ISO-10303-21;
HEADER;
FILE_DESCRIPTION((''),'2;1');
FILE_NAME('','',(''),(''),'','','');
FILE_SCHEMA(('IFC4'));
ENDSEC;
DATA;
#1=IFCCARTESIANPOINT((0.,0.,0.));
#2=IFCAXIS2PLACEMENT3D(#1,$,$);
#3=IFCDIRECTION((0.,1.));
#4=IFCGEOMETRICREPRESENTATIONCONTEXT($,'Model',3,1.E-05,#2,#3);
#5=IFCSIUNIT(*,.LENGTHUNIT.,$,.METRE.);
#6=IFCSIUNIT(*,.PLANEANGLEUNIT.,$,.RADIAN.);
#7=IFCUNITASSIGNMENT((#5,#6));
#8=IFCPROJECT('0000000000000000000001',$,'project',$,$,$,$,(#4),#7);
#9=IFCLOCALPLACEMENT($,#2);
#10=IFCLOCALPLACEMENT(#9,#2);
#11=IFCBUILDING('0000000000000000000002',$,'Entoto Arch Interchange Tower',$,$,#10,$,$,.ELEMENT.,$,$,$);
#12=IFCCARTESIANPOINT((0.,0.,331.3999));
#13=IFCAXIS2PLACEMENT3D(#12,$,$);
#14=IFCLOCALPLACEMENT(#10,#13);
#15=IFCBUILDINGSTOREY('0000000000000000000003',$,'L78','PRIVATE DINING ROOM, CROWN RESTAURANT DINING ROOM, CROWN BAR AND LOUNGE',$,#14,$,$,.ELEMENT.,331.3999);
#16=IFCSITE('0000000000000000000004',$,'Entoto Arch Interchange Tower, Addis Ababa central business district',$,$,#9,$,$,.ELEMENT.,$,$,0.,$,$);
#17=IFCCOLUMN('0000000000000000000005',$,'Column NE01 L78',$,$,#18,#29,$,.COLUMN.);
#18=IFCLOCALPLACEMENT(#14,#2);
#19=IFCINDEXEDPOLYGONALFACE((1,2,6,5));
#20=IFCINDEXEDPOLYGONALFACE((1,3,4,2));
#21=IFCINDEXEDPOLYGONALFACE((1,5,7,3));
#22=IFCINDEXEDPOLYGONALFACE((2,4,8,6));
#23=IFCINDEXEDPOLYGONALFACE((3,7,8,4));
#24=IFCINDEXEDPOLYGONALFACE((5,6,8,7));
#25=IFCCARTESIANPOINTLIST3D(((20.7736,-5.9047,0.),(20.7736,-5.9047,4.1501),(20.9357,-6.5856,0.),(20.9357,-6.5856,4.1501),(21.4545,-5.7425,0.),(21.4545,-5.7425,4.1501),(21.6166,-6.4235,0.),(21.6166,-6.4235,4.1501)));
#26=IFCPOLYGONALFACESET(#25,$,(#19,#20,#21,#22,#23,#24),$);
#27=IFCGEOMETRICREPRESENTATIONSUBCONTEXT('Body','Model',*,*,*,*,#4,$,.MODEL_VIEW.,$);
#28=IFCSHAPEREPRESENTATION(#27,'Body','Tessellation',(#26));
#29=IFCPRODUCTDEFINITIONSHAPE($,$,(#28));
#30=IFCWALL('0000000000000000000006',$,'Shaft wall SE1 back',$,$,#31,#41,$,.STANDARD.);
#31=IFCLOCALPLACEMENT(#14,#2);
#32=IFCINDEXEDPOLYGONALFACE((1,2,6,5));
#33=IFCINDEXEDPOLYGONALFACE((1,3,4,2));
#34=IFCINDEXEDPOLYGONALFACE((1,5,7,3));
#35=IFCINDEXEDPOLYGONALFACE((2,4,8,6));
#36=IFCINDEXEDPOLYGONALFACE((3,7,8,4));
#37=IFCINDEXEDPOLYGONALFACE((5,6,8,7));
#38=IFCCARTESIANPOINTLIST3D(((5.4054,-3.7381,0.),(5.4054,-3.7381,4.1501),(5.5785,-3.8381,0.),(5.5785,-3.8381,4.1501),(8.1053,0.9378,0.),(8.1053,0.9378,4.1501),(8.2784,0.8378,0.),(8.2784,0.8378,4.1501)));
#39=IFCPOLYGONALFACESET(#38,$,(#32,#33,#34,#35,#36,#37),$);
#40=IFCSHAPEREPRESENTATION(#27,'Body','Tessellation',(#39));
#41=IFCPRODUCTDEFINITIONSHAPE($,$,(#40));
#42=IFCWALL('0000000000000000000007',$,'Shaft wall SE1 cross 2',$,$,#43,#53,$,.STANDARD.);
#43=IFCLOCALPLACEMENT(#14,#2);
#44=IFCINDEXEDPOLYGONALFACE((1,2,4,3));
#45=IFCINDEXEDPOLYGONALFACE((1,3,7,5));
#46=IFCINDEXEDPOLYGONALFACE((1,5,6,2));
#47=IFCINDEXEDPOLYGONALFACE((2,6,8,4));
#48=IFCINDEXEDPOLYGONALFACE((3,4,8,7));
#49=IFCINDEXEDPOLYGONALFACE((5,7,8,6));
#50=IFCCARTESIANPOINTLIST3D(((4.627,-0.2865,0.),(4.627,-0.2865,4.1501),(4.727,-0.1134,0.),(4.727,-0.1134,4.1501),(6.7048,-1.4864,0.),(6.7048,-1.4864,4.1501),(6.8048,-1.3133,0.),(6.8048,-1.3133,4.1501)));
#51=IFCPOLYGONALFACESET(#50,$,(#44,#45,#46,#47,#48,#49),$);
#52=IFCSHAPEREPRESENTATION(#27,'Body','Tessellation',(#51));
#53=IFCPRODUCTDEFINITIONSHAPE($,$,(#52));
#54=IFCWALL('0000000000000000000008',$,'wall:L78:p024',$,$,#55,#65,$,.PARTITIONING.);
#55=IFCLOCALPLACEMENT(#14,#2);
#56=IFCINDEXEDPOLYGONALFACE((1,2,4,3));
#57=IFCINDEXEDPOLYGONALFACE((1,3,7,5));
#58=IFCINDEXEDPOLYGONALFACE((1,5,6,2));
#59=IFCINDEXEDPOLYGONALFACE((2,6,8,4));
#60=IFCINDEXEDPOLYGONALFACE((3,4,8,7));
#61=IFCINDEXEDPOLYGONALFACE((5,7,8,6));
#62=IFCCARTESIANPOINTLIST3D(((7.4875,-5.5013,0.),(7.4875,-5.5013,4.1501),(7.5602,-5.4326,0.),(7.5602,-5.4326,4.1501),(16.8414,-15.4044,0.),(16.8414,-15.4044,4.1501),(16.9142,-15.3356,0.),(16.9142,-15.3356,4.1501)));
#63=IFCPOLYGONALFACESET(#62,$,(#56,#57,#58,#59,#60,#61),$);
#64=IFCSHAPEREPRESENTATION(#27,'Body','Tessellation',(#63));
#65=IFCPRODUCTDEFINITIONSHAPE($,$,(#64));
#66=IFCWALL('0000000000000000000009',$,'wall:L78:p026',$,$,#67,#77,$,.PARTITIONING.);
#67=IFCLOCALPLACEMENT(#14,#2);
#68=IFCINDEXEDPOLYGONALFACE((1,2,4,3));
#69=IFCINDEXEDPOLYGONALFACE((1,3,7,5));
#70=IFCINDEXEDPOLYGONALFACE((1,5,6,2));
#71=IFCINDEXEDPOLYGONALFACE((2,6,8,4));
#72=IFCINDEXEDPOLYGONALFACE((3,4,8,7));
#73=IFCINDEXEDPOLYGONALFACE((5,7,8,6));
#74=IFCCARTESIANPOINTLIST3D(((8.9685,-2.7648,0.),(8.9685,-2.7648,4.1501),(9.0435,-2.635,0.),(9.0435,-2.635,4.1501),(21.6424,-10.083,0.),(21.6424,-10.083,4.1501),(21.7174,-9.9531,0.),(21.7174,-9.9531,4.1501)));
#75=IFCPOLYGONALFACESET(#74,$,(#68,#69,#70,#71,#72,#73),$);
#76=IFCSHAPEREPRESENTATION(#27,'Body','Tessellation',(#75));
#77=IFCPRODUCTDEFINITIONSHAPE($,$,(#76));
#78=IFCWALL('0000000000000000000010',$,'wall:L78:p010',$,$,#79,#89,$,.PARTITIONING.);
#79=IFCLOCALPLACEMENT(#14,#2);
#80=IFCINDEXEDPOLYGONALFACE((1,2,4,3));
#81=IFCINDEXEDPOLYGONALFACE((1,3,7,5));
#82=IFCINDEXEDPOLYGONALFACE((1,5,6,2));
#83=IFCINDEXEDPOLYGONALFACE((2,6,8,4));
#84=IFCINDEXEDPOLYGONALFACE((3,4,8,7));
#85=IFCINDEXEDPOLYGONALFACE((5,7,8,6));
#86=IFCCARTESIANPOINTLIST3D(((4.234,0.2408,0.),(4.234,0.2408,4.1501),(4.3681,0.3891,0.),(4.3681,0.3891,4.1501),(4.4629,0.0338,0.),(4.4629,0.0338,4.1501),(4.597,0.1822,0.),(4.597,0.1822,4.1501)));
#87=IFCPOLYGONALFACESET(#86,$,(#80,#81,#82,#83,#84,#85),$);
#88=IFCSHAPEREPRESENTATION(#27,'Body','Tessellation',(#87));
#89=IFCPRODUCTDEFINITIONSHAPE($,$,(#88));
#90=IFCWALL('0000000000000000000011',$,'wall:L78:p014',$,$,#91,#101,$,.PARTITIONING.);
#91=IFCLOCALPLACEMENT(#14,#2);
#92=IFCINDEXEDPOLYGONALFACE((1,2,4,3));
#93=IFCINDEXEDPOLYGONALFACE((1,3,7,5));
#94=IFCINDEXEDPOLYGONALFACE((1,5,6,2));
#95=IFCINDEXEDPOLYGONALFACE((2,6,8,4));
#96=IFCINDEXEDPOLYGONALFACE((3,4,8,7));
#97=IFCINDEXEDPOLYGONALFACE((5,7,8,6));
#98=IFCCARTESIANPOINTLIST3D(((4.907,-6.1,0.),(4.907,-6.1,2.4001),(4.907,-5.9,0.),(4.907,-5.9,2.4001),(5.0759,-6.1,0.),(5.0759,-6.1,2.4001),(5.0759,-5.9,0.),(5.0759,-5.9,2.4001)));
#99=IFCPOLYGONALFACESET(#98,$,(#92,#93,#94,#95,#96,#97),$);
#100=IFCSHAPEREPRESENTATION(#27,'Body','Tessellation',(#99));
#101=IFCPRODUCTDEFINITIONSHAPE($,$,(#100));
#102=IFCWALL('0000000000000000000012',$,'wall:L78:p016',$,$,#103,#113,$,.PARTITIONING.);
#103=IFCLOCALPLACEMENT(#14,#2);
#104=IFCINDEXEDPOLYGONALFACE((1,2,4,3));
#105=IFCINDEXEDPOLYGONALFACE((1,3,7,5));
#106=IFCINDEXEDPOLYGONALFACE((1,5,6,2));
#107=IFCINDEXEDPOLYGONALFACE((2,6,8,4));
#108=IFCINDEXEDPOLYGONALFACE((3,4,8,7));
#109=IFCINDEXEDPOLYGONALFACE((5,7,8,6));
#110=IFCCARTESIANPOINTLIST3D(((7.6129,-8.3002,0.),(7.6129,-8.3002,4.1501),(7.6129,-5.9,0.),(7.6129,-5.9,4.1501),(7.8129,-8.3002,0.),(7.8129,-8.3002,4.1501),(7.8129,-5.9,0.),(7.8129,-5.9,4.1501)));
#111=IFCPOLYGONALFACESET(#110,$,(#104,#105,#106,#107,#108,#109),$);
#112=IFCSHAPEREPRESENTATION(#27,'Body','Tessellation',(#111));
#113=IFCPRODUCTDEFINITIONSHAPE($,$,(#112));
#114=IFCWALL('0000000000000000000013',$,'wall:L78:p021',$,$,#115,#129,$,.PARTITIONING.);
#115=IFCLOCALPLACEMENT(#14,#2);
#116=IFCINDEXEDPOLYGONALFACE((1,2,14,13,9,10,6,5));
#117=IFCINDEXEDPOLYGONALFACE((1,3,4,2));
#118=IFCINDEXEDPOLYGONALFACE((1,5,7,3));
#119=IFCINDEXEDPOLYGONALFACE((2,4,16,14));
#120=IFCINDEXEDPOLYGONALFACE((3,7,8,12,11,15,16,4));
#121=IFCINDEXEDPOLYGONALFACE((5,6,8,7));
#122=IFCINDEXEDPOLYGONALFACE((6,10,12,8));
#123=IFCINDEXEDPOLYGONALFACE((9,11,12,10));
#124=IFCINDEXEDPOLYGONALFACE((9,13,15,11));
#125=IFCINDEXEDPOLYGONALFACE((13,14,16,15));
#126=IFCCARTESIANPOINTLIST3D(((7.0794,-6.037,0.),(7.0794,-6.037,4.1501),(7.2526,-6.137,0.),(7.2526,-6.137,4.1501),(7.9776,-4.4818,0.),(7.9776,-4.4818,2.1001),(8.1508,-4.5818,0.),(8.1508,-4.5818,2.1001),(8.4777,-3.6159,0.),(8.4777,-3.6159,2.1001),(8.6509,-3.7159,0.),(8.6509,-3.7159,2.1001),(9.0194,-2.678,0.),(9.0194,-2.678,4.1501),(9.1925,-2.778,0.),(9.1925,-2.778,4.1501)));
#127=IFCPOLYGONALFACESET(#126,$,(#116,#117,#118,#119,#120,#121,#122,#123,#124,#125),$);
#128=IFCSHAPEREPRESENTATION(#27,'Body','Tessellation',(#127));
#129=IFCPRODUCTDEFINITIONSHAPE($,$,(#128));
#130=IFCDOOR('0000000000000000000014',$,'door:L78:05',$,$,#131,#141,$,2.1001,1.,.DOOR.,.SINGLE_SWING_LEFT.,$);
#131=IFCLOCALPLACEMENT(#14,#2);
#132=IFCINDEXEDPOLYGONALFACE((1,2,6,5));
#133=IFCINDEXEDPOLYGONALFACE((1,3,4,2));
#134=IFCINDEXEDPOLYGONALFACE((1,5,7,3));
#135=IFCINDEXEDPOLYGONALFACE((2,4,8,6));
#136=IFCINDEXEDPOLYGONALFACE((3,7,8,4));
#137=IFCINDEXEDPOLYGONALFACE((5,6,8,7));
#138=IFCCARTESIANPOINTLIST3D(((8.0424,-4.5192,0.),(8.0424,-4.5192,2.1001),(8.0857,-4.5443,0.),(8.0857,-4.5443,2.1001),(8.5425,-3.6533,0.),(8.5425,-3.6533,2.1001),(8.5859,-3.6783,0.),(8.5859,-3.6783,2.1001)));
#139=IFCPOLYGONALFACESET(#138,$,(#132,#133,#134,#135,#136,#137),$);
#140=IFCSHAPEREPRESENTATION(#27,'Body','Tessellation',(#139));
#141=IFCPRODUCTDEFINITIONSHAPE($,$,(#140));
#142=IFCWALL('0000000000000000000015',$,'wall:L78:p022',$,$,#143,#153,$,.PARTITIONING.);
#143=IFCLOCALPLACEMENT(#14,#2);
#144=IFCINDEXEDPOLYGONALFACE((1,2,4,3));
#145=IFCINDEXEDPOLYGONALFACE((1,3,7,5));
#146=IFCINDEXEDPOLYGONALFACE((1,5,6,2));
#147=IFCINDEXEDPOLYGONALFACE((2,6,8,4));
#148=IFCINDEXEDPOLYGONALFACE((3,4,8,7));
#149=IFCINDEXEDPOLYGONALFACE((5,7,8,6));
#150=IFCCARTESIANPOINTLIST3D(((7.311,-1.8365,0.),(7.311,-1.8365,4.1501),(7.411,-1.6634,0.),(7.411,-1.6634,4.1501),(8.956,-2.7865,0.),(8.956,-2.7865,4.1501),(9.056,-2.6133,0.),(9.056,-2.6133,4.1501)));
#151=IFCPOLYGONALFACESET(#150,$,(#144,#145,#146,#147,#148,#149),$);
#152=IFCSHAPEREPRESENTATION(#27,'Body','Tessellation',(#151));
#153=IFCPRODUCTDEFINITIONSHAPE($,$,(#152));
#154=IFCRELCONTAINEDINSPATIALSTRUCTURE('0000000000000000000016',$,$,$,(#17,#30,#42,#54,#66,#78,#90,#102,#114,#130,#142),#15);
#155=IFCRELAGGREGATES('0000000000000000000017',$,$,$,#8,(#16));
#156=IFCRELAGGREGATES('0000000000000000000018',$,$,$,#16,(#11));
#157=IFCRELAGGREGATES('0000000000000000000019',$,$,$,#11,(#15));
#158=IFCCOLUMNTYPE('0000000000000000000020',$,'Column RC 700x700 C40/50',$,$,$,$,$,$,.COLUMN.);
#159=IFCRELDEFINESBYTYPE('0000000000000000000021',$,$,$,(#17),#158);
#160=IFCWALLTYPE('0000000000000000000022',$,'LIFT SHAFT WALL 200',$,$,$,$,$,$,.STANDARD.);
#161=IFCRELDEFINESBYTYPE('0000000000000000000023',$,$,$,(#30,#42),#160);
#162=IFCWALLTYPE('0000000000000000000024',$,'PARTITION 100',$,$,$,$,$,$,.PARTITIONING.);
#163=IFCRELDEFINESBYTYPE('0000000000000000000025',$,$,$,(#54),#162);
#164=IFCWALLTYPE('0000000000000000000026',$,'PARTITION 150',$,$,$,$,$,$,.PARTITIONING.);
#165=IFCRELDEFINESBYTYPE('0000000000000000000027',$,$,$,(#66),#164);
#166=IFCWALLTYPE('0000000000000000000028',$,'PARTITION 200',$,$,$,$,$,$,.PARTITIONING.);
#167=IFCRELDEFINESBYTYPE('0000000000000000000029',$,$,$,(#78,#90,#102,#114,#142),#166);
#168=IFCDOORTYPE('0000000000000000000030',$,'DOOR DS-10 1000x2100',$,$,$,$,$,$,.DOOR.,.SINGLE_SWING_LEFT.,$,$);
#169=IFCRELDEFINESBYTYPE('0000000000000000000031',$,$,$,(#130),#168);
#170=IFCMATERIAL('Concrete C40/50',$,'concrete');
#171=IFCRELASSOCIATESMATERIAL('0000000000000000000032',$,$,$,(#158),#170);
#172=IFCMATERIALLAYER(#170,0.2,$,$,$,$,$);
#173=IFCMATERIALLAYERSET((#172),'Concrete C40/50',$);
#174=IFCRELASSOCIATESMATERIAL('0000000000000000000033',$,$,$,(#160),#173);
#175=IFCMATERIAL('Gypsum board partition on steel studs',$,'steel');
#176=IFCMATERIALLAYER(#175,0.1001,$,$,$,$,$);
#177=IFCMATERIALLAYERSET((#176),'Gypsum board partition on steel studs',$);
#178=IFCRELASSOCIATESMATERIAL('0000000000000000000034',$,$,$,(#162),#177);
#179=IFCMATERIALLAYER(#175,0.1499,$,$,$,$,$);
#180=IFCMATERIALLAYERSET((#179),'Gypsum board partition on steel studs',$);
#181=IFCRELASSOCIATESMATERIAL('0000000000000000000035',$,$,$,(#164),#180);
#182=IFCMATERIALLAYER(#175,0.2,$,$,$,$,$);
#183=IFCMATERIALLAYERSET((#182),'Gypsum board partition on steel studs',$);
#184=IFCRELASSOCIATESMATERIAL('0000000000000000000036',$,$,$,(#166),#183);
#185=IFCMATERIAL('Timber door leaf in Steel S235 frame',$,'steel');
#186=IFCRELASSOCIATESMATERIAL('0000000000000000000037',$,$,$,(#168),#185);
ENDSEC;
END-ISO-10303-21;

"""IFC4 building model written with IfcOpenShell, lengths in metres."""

from ifc_helpers import new_model, si_unit, direction, frame, frame_2d, origin, origin_2d, place, context, subcontext, project, spatial, rectangle, extrude, material, layer, layer_set, material_profile, profile_set, type_object, element, fill, save


model = new_model("IFC4")

# Units and contexts
model_context = context("Model", 3, precision=1e-05, world=origin(), true_north=direction((0.0, 1.0)))
body_context = subcontext(model_context, "Body", "Model", "MODEL_VIEW")
ifc_project = project(units=[si_unit("LENGTHUNIT", "METRE"), si_unit("PLANEANGLEUNIT", "RADIAN")], contexts=[model_context])

# Site, building, storey
site_placement = place(None, origin())
site = spatial("IfcSite", under=ifc_project, at=site_placement, Name="Entoto Arch Interchange Tower, Addis Ababa central business district", CompositionType="ELEMENT", RefElevation=0.0)
building_placement = place(site_placement, origin())
building = spatial("IfcBuilding", under=site, at=building_placement, Name="Entoto Arch Interchange Tower", CompositionType="ELEMENT")
storey_placement = place(building_placement, frame((0.0, 0.0, 331.3999)))
storey = spatial("IfcBuildingStorey", under=building, at=storey_placement, Name="L78", Description="PRIVATE DINING ROOM, CROWN RESTAURANT DINING ROOM, CROWN BAR AND LOUNGE", CompositionType="ELEMENT", Elevation=331.3999)

# Column
ifc_material_1 = material(Name="Concrete C40/50", Category="concrete")
ifc_material_profile = material_profile(ifc_material_1, rectangle(XDim=0.7, YDim=0.7, at=origin_2d()))
ifc_profile_set = profile_set([ifc_material_profile], Name="Concrete C40/50")
column_type = type_object("IfcColumnType", Name="Column RC 700x700 C40/50", PredefinedType="COLUMN", material=ifc_profile_set)
column_placement = place(storey_placement, frame((21.1951, -6.1641, 0.0), z_axis=(0.0, 0.0, 1.0), x_axis=(-0.231612, 0.972808, 0.0)))
element("IfcColumn", 1, at=column_placement, inside=storey, type_object=column_type, Name="Column NE01 L78", PredefinedType="COLUMN", context=body_context, shape_type="SweptSolid", body=[
    extrude(rectangle(XDim=0.7, YDim=0.7, at=origin_2d()), origin(), (0.0, 0.0, 1.0), 4.1501),
])

# Walls
ifc_layer_1 = layer(ifc_material_1, 0.2)
ifc_layer_set_1 = layer_set([ifc_layer_1], Name="Concrete C40/50")
wall_type_1 = type_object("IfcWallType", Name="LIFT SHAFT WALL 200", PredefinedType="STANDARD", material=ifc_layer_set_1)
wall_1_placement = place(storey_placement, frame((5.4919, -3.7881, 0.0), z_axis=(0.0, 0.0, 1.0), x_axis=(0.500034, 0.866006, 0.0)))
element("IfcWall", 2, at=wall_1_placement, inside=storey, type_object=wall_type_1, Name="Shaft wall SE1 back", PredefinedType="STANDARD", context=body_context, shape_type="SweptSolid", body=[
    extrude(rectangle(XDim=5.3994, YDim=0.2, at=frame_2d((2.6997, 0.0))), origin(), (0.0, 0.0, 1.0), 4.1501),
])
wall_2_placement = place(storey_placement, frame((4.677, -0.2, 0.0), z_axis=(0.0, 0.0, 1.0), x_axis=(0.865974, -0.500089, 0.0)))
element("IfcWall", 3, at=wall_2_placement, inside=storey, type_object=wall_type_1, Name="Shaft wall SE1 cross 2", PredefinedType="STANDARD", context=body_context, shape_type="SweptSolid", body=[
    extrude(rectangle(XDim=2.3994, YDim=0.2, at=frame_2d((1.1997, 0.0))), origin(), (0.0, 0.0, 1.0), 4.1501),
])
ifc_material_2 = material(Name="Gypsum board partition on steel studs", Category="steel")
ifc_layer_2 = layer(ifc_material_2, 0.1001)
ifc_layer_set_2 = layer_set([ifc_layer_2], Name="Gypsum board partition on steel studs")
wall_type_2 = type_object("IfcWallType", Name="PARTITION 100", PredefinedType="PARTITIONING", material=ifc_layer_set_2)
wall_3_placement = place(storey_placement, frame((7.5239, -5.467, 0.0), z_axis=(0.0, 0.0, 1.0), x_axis=(0.686666, -0.726973, 0.0)))
element("IfcWall", 4, at=wall_3_placement, inside=storey, type_object=wall_type_2, Name="wall:L78:p024", PredefinedType="PARTITIONING", context=body_context, shape_type="SweptSolid", body=[
    extrude(rectangle(XDim=13.6223, YDim=0.1001, at=frame_2d((6.811, 0.0))), origin(), (0.0, 0.0, 1.0), 4.1501),
])
ifc_layer_3 = layer(ifc_material_2, 0.1499)
ifc_layer_set_3 = layer_set([ifc_layer_3], Name="Gypsum board partition on steel studs")
wall_type_3 = type_object("IfcWallType", Name="PARTITION 150", PredefinedType="PARTITIONING", material=ifc_layer_set_3)
wall_4_placement = place(storey_placement, frame((9.0061, -2.7, 0.0), z_axis=(0.0, 0.0, 1.0), x_axis=(0.865999, -0.500045, 0.0)))
element("IfcWall", 5, at=wall_4_placement, inside=storey, type_object=wall_type_3, Name="wall:L78:p026", PredefinedType="PARTITIONING", context=body_context, shape_type="SweptSolid", body=[
    extrude(rectangle(XDim=14.635, YDim=0.1499, at=frame_2d((7.3174, 0.0))), origin(), (0.0, 0.0, 1.0), 4.1501),
])
ifc_layer_4 = layer(ifc_material_2, 0.2)
ifc_layer_set_4 = layer_set([ifc_layer_4], Name="Gypsum board partition on steel studs")
wall_type_4 = type_object("IfcWallType", Name="PARTITION 200", PredefinedType="PARTITIONING", material=ifc_layer_set_4)
wall_5_placement = place(storey_placement, frame((4.301, 0.3149, 0.0), z_axis=(0.0, 0.0, 1.0), x_axis=(0.741798, -0.670623, 0.0)))
element("IfcWall", 6, at=wall_5_placement, inside=storey, type_object=wall_type_4, Name="wall:L78:p010", PredefinedType="PARTITIONING", context=body_context, shape_type="SweptSolid", body=[
    extrude(rectangle(XDim=0.3086, YDim=0.2, at=frame_2d((0.1543, 0.0))), origin(), (0.0, 0.0, 1.0), 4.1501),
])
wall_6_placement = place(storey_placement, frame((4.907, -6.0, 0.0), z_axis=(0.0, 0.0, 1.0), x_axis=(1.0, 0.0, 0.0)))
element("IfcWall", 7, at=wall_6_placement, inside=storey, type_object=wall_type_4, Name="wall:L78:p014", PredefinedType="PARTITIONING", context=body_context, shape_type="SweptSolid", body=[
    extrude(rectangle(XDim=0.1689, YDim=0.2, at=frame_2d((0.0845, 0.0))), origin(), (0.0, 0.0, 1.0), 2.4001),
])
wall_7_placement = place(storey_placement, frame((7.7129, -5.8999, 0.0), z_axis=(0.0, 0.0, 1.0), x_axis=(0.0, -1.0, 0.0)))
element("IfcWall", 8, at=wall_7_placement, inside=storey, type_object=wall_type_4, Name="wall:L78:p016", PredefinedType="PARTITIONING", context=body_context, shape_type="SweptSolid", body=[
    extrude(rectangle(XDim=2.4001, YDim=0.2, at=frame_2d((1.2002, 0.0))), origin(), (0.0, 0.0, 1.0), 4.1501),
])

# Wall, opening, door
wall_8_placement = place(storey_placement, frame((9.106, -2.728, 0.0), z_axis=(0.0, 0.0, 1.0), x_axis=(-0.500133, -0.865949, 0.0)))
wall_8 = element("IfcWall", 9, at=wall_8_placement, inside=storey, type_object=wall_type_4, Name="wall:L78:p021", PredefinedType="PARTITIONING", context=body_context, shape_type="SweptSolid", body=[
    extrude(rectangle(XDim=3.8789, YDim=0.2, at=frame_2d((1.9395, 0.0))), origin(), (0.0, 0.0, 1.0), 4.1501),
])
opening_1_placement = place(wall_8_placement, frame((1.083, 0.0, 0.0)))
opening_1 = element("IfcOpeningElement", 10, at=opening_1_placement, cuts=wall_8, PredefinedType="OPENING", context=body_context, shape_type="SweptSolid", body=[
    extrude(rectangle(XDim=1.0, YDim=2.1001, at=frame_2d((0.5, 1.05))), frame((0.0, 0.1099, 0.0), z_axis=(0.0, -1.0, 0.0), x_axis=(1.0, 0.0, 0.0)), (0.0, 0.0, 1.0), 0.22),
])
ifc_material_3 = material(Name="Timber door leaf in Steel S235 frame", Category="steel")
door_type_1 = type_object("IfcDoorType", Name="DOOR DS-10 1000x2100", OperationType="SINGLE_SWING_LEFT", PredefinedType="DOOR", material=ifc_material_3)
door_1_placement = place(opening_1_placement, origin())
door_1 = element("IfcDoor", 11, at=door_1_placement, inside=storey, type_object=door_type_1, Name="door:L78:05", OperationType="SINGLE_SWING_LEFT", OverallHeight=2.1001, OverallWidth=1.0, PredefinedType="DOOR", context=body_context, shape_type="SweptSolid", body=[
    extrude(rectangle(XDim=1.0, YDim=2.1001, at=frame_2d((0.5, 1.05))), frame((0.0, 0.0249, 0.0), z_axis=(0.0, -1.0, 0.0), x_axis=(1.0, 0.0, 0.0)), (0.0, 0.0, 1.0), 0.05),
])
fill(opening_1, door_1)

# Wall
wall_9_placement = place(storey_placement, frame((7.3611, -1.75, 0.0), z_axis=(0.0, 0.0, 1.0), x_axis=(0.86598, -0.500078, 0.0)))
element("IfcWall", 12, at=wall_9_placement, inside=storey, type_object=wall_type_4, Name="wall:L78:p022", PredefinedType="PARTITIONING", context=body_context, shape_type="SweptSolid", body=[
    extrude(rectangle(XDim=1.8997, YDim=0.2, at=frame_2d((0.9497, 0.0))), origin(), (0.0, 0.0, 1.0), 4.1501),
])

save(model, "model.ifc")
